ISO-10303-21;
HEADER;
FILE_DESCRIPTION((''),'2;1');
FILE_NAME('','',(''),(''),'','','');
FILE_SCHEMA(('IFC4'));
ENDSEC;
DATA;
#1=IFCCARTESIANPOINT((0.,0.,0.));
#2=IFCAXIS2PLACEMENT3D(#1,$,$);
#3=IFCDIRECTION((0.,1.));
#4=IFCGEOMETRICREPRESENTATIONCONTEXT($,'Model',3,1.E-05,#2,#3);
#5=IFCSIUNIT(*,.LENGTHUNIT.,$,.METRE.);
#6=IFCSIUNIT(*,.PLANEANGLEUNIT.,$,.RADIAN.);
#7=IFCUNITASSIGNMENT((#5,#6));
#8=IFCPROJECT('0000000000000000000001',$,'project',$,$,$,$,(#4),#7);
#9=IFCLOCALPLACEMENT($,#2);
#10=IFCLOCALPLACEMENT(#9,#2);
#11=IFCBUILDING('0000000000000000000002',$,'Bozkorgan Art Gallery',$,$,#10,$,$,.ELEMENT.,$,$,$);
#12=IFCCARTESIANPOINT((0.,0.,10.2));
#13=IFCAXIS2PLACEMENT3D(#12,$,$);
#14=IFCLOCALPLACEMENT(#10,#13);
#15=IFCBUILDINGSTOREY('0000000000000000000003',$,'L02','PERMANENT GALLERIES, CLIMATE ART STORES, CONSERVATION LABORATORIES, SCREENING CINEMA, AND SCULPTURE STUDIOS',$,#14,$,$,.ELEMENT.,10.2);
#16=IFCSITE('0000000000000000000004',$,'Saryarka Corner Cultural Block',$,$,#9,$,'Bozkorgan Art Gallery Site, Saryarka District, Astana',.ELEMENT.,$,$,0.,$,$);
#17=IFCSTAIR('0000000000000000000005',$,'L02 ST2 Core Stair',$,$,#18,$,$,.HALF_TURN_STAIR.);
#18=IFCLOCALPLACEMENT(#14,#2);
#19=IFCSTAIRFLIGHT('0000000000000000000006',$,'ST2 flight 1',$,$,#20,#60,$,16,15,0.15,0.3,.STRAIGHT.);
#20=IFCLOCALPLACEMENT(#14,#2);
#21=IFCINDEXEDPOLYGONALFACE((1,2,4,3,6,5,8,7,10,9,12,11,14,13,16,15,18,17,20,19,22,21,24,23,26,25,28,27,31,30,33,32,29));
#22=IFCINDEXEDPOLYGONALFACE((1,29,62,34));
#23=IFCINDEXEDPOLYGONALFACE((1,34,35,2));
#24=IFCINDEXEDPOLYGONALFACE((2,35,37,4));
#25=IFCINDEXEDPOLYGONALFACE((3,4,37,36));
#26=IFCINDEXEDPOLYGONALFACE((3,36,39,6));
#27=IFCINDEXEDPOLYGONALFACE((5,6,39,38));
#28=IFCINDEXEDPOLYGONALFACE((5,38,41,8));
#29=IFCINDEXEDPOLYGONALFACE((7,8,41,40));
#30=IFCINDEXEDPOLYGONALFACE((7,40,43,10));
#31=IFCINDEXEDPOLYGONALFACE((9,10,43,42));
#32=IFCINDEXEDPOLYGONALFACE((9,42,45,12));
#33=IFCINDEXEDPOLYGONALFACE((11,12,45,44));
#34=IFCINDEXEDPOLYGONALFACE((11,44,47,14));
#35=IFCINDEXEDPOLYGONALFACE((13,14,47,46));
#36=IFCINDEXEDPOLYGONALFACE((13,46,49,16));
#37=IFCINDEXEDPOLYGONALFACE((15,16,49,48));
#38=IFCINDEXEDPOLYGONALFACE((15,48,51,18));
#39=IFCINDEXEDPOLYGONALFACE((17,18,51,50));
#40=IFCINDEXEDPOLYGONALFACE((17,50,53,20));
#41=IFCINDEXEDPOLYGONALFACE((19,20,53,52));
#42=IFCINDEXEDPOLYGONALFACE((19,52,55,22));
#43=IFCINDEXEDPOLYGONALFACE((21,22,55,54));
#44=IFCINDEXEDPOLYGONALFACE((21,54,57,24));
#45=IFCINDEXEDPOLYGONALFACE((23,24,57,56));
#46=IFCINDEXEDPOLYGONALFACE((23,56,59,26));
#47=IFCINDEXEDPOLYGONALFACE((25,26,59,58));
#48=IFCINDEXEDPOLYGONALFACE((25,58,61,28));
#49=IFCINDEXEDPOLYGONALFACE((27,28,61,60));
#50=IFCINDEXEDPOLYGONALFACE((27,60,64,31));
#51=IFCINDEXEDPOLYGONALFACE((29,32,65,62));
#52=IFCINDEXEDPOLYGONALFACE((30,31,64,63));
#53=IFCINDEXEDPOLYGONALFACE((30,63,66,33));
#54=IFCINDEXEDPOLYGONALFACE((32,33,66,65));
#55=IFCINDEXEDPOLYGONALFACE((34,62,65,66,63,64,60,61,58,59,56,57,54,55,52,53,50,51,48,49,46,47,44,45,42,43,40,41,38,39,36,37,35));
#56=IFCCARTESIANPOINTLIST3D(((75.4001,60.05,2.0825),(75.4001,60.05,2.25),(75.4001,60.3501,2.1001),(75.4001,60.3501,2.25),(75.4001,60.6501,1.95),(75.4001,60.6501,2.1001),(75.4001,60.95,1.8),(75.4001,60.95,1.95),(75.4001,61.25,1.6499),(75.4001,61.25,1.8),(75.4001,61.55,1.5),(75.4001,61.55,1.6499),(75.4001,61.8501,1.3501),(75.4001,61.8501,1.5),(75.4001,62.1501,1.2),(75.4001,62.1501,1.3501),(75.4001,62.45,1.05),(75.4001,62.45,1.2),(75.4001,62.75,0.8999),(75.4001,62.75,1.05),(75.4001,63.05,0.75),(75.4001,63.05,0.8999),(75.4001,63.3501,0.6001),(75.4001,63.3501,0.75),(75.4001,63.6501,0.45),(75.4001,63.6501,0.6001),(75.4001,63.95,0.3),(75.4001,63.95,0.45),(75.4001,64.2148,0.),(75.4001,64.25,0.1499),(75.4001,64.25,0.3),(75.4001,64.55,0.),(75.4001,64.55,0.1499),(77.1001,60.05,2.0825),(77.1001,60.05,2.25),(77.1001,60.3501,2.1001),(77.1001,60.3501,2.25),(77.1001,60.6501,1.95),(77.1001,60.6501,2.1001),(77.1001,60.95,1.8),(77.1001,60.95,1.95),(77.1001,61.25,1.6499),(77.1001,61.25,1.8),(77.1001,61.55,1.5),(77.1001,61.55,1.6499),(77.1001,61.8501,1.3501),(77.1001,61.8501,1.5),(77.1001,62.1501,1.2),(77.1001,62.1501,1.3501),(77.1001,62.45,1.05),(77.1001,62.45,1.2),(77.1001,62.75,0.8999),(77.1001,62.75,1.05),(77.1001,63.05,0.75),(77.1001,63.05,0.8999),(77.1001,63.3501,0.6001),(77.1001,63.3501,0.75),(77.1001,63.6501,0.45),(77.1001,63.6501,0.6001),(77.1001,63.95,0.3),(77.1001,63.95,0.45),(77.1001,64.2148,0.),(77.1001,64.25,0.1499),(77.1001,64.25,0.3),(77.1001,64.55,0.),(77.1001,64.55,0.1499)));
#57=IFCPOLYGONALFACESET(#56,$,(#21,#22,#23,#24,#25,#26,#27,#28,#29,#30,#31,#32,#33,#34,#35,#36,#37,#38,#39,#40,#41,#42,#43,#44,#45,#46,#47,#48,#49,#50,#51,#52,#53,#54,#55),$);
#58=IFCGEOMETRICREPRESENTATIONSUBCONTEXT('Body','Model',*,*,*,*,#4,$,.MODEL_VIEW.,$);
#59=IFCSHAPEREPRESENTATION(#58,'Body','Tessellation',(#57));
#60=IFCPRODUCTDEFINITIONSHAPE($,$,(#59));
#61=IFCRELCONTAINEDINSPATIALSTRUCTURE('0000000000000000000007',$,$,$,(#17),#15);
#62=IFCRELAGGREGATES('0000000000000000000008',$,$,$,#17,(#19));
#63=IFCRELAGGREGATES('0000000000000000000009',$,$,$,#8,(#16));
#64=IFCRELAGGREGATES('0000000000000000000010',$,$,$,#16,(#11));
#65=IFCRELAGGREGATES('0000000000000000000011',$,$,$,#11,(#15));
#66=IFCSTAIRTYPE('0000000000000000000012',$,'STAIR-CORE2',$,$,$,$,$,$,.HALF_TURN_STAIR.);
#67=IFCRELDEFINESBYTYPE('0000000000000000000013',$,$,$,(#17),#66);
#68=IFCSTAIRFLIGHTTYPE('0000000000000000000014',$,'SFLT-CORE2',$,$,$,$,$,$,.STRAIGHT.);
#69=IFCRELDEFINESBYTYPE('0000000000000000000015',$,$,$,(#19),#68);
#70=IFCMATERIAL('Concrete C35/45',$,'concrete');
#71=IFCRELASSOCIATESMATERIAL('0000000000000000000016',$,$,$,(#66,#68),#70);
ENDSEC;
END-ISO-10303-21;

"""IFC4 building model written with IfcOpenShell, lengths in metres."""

from ifc_helpers import new_model, si_unit, direction, frame, origin, place, context, subcontext, project, spatial, polyline, outline, extrude, material, type_object, element, aggregate, save


model = new_model("IFC4")

# Units and contexts
model_context = context("Model", 3, precision=1e-05, world=origin(), true_north=direction((0.0, 1.0)))
body_context = subcontext(model_context, "Body", "Model", "MODEL_VIEW")
ifc_project = project(units=[si_unit("LENGTHUNIT", "METRE"), si_unit("PLANEANGLEUNIT", "RADIAN")], contexts=[model_context])

# Site, building, storey
site_placement = place(None, origin())
site = spatial("IfcSite", under=ifc_project, at=site_placement, Name="Saryarka Corner Cultural Block", LongName="Bozkorgan Art Gallery Site, Saryarka District, Astana", CompositionType="ELEMENT", RefElevation=0.0)
building_placement = place(site_placement, origin())
building = spatial("IfcBuilding", under=site, at=building_placement, Name="Bozkorgan Art Gallery", CompositionType="ELEMENT")
storey_placement = place(building_placement, frame((0.0, 0.0, 10.2)))
storey = spatial("IfcBuildingStorey", under=building, at=storey_placement, Name="L02", Description="PERMANENT GALLERIES, CLIMATE ART STORES, CONSERVATION LABORATORIES, SCREENING CINEMA, AND SCULPTURE STUDIOS", CompositionType="ELEMENT", Elevation=10.2)

# Stair, stair flight
ifc_material_1 = material(Name="Concrete C35/45", Category="concrete")
stair_type = type_object("IfcStairType", Name="STAIR-CORE2", PredefinedType="HALF_TURN_STAIR", material=ifc_material_1)
stair_placement = place(storey_placement, origin())
stair = element("IfcStair", 1, at=stair_placement, inside=storey, type_object=stair_type, Name="L02 ST2 Core Stair", PredefinedType="HALF_TURN_STAIR")
stair_flight_type = type_object("IfcStairFlightType", Name="SFLT-CORE2", PredefinedType="STRAIGHT", material=ifc_material_1)
stair_flight_placement = place(storey_placement, frame((76.25, 64.55, 0.0), z_axis=(0.0, 0.0, 1.0), x_axis=(0.0, -1.0, 0.0)))
stair_flight = element("IfcStairFlight", 2, at=stair_flight_placement, type_object=stair_flight_type, Name="ST2 flight 1", NumberOfRisers=16, NumberOfTreads=15, PredefinedType="STRAIGHT", RiserHeight=0.15, TreadLength=0.3, context=body_context, shape_type="SweptSolid", body=[
    extrude(outline(polyline([(0.0, 0.0), (0.0, 0.1499), (0.3, 0.1499), (0.3, 0.3), (0.6001, 0.3), (0.6001, 0.45), (0.8999, 0.45), (0.8999, 0.6001), (1.2, 0.6001), (1.2, 0.75), (1.5, 0.75), (1.5, 0.8999), (1.8, 0.8999), (1.8, 1.05), (2.1001, 1.05), (2.1001, 1.2), (2.3999, 1.2), (2.3999, 1.3501), (2.7, 1.3501), (2.7, 1.5), (3.0, 1.5), (3.0, 1.6499), (3.3, 1.6499), (3.3, 1.8), (3.6001, 1.8), (3.6001, 1.95), (3.8999, 1.95), (3.8999, 2.1001), (4.2, 2.1001), (4.2, 2.25), (4.5, 2.25), (4.5, 2.3999), (4.5, 2.0825), (0.3352, 0.0), (0.0, 0.0)])), frame((0.0, 0.8501, 0.0), z_axis=(0.0, -1.0, 0.0), x_axis=(1.0, 0.0, 0.0)), (0.0, 0.0, 1.0), 1.7),
])
aggregate(stair, [stair_flight])

save(model, "model.ifc")
